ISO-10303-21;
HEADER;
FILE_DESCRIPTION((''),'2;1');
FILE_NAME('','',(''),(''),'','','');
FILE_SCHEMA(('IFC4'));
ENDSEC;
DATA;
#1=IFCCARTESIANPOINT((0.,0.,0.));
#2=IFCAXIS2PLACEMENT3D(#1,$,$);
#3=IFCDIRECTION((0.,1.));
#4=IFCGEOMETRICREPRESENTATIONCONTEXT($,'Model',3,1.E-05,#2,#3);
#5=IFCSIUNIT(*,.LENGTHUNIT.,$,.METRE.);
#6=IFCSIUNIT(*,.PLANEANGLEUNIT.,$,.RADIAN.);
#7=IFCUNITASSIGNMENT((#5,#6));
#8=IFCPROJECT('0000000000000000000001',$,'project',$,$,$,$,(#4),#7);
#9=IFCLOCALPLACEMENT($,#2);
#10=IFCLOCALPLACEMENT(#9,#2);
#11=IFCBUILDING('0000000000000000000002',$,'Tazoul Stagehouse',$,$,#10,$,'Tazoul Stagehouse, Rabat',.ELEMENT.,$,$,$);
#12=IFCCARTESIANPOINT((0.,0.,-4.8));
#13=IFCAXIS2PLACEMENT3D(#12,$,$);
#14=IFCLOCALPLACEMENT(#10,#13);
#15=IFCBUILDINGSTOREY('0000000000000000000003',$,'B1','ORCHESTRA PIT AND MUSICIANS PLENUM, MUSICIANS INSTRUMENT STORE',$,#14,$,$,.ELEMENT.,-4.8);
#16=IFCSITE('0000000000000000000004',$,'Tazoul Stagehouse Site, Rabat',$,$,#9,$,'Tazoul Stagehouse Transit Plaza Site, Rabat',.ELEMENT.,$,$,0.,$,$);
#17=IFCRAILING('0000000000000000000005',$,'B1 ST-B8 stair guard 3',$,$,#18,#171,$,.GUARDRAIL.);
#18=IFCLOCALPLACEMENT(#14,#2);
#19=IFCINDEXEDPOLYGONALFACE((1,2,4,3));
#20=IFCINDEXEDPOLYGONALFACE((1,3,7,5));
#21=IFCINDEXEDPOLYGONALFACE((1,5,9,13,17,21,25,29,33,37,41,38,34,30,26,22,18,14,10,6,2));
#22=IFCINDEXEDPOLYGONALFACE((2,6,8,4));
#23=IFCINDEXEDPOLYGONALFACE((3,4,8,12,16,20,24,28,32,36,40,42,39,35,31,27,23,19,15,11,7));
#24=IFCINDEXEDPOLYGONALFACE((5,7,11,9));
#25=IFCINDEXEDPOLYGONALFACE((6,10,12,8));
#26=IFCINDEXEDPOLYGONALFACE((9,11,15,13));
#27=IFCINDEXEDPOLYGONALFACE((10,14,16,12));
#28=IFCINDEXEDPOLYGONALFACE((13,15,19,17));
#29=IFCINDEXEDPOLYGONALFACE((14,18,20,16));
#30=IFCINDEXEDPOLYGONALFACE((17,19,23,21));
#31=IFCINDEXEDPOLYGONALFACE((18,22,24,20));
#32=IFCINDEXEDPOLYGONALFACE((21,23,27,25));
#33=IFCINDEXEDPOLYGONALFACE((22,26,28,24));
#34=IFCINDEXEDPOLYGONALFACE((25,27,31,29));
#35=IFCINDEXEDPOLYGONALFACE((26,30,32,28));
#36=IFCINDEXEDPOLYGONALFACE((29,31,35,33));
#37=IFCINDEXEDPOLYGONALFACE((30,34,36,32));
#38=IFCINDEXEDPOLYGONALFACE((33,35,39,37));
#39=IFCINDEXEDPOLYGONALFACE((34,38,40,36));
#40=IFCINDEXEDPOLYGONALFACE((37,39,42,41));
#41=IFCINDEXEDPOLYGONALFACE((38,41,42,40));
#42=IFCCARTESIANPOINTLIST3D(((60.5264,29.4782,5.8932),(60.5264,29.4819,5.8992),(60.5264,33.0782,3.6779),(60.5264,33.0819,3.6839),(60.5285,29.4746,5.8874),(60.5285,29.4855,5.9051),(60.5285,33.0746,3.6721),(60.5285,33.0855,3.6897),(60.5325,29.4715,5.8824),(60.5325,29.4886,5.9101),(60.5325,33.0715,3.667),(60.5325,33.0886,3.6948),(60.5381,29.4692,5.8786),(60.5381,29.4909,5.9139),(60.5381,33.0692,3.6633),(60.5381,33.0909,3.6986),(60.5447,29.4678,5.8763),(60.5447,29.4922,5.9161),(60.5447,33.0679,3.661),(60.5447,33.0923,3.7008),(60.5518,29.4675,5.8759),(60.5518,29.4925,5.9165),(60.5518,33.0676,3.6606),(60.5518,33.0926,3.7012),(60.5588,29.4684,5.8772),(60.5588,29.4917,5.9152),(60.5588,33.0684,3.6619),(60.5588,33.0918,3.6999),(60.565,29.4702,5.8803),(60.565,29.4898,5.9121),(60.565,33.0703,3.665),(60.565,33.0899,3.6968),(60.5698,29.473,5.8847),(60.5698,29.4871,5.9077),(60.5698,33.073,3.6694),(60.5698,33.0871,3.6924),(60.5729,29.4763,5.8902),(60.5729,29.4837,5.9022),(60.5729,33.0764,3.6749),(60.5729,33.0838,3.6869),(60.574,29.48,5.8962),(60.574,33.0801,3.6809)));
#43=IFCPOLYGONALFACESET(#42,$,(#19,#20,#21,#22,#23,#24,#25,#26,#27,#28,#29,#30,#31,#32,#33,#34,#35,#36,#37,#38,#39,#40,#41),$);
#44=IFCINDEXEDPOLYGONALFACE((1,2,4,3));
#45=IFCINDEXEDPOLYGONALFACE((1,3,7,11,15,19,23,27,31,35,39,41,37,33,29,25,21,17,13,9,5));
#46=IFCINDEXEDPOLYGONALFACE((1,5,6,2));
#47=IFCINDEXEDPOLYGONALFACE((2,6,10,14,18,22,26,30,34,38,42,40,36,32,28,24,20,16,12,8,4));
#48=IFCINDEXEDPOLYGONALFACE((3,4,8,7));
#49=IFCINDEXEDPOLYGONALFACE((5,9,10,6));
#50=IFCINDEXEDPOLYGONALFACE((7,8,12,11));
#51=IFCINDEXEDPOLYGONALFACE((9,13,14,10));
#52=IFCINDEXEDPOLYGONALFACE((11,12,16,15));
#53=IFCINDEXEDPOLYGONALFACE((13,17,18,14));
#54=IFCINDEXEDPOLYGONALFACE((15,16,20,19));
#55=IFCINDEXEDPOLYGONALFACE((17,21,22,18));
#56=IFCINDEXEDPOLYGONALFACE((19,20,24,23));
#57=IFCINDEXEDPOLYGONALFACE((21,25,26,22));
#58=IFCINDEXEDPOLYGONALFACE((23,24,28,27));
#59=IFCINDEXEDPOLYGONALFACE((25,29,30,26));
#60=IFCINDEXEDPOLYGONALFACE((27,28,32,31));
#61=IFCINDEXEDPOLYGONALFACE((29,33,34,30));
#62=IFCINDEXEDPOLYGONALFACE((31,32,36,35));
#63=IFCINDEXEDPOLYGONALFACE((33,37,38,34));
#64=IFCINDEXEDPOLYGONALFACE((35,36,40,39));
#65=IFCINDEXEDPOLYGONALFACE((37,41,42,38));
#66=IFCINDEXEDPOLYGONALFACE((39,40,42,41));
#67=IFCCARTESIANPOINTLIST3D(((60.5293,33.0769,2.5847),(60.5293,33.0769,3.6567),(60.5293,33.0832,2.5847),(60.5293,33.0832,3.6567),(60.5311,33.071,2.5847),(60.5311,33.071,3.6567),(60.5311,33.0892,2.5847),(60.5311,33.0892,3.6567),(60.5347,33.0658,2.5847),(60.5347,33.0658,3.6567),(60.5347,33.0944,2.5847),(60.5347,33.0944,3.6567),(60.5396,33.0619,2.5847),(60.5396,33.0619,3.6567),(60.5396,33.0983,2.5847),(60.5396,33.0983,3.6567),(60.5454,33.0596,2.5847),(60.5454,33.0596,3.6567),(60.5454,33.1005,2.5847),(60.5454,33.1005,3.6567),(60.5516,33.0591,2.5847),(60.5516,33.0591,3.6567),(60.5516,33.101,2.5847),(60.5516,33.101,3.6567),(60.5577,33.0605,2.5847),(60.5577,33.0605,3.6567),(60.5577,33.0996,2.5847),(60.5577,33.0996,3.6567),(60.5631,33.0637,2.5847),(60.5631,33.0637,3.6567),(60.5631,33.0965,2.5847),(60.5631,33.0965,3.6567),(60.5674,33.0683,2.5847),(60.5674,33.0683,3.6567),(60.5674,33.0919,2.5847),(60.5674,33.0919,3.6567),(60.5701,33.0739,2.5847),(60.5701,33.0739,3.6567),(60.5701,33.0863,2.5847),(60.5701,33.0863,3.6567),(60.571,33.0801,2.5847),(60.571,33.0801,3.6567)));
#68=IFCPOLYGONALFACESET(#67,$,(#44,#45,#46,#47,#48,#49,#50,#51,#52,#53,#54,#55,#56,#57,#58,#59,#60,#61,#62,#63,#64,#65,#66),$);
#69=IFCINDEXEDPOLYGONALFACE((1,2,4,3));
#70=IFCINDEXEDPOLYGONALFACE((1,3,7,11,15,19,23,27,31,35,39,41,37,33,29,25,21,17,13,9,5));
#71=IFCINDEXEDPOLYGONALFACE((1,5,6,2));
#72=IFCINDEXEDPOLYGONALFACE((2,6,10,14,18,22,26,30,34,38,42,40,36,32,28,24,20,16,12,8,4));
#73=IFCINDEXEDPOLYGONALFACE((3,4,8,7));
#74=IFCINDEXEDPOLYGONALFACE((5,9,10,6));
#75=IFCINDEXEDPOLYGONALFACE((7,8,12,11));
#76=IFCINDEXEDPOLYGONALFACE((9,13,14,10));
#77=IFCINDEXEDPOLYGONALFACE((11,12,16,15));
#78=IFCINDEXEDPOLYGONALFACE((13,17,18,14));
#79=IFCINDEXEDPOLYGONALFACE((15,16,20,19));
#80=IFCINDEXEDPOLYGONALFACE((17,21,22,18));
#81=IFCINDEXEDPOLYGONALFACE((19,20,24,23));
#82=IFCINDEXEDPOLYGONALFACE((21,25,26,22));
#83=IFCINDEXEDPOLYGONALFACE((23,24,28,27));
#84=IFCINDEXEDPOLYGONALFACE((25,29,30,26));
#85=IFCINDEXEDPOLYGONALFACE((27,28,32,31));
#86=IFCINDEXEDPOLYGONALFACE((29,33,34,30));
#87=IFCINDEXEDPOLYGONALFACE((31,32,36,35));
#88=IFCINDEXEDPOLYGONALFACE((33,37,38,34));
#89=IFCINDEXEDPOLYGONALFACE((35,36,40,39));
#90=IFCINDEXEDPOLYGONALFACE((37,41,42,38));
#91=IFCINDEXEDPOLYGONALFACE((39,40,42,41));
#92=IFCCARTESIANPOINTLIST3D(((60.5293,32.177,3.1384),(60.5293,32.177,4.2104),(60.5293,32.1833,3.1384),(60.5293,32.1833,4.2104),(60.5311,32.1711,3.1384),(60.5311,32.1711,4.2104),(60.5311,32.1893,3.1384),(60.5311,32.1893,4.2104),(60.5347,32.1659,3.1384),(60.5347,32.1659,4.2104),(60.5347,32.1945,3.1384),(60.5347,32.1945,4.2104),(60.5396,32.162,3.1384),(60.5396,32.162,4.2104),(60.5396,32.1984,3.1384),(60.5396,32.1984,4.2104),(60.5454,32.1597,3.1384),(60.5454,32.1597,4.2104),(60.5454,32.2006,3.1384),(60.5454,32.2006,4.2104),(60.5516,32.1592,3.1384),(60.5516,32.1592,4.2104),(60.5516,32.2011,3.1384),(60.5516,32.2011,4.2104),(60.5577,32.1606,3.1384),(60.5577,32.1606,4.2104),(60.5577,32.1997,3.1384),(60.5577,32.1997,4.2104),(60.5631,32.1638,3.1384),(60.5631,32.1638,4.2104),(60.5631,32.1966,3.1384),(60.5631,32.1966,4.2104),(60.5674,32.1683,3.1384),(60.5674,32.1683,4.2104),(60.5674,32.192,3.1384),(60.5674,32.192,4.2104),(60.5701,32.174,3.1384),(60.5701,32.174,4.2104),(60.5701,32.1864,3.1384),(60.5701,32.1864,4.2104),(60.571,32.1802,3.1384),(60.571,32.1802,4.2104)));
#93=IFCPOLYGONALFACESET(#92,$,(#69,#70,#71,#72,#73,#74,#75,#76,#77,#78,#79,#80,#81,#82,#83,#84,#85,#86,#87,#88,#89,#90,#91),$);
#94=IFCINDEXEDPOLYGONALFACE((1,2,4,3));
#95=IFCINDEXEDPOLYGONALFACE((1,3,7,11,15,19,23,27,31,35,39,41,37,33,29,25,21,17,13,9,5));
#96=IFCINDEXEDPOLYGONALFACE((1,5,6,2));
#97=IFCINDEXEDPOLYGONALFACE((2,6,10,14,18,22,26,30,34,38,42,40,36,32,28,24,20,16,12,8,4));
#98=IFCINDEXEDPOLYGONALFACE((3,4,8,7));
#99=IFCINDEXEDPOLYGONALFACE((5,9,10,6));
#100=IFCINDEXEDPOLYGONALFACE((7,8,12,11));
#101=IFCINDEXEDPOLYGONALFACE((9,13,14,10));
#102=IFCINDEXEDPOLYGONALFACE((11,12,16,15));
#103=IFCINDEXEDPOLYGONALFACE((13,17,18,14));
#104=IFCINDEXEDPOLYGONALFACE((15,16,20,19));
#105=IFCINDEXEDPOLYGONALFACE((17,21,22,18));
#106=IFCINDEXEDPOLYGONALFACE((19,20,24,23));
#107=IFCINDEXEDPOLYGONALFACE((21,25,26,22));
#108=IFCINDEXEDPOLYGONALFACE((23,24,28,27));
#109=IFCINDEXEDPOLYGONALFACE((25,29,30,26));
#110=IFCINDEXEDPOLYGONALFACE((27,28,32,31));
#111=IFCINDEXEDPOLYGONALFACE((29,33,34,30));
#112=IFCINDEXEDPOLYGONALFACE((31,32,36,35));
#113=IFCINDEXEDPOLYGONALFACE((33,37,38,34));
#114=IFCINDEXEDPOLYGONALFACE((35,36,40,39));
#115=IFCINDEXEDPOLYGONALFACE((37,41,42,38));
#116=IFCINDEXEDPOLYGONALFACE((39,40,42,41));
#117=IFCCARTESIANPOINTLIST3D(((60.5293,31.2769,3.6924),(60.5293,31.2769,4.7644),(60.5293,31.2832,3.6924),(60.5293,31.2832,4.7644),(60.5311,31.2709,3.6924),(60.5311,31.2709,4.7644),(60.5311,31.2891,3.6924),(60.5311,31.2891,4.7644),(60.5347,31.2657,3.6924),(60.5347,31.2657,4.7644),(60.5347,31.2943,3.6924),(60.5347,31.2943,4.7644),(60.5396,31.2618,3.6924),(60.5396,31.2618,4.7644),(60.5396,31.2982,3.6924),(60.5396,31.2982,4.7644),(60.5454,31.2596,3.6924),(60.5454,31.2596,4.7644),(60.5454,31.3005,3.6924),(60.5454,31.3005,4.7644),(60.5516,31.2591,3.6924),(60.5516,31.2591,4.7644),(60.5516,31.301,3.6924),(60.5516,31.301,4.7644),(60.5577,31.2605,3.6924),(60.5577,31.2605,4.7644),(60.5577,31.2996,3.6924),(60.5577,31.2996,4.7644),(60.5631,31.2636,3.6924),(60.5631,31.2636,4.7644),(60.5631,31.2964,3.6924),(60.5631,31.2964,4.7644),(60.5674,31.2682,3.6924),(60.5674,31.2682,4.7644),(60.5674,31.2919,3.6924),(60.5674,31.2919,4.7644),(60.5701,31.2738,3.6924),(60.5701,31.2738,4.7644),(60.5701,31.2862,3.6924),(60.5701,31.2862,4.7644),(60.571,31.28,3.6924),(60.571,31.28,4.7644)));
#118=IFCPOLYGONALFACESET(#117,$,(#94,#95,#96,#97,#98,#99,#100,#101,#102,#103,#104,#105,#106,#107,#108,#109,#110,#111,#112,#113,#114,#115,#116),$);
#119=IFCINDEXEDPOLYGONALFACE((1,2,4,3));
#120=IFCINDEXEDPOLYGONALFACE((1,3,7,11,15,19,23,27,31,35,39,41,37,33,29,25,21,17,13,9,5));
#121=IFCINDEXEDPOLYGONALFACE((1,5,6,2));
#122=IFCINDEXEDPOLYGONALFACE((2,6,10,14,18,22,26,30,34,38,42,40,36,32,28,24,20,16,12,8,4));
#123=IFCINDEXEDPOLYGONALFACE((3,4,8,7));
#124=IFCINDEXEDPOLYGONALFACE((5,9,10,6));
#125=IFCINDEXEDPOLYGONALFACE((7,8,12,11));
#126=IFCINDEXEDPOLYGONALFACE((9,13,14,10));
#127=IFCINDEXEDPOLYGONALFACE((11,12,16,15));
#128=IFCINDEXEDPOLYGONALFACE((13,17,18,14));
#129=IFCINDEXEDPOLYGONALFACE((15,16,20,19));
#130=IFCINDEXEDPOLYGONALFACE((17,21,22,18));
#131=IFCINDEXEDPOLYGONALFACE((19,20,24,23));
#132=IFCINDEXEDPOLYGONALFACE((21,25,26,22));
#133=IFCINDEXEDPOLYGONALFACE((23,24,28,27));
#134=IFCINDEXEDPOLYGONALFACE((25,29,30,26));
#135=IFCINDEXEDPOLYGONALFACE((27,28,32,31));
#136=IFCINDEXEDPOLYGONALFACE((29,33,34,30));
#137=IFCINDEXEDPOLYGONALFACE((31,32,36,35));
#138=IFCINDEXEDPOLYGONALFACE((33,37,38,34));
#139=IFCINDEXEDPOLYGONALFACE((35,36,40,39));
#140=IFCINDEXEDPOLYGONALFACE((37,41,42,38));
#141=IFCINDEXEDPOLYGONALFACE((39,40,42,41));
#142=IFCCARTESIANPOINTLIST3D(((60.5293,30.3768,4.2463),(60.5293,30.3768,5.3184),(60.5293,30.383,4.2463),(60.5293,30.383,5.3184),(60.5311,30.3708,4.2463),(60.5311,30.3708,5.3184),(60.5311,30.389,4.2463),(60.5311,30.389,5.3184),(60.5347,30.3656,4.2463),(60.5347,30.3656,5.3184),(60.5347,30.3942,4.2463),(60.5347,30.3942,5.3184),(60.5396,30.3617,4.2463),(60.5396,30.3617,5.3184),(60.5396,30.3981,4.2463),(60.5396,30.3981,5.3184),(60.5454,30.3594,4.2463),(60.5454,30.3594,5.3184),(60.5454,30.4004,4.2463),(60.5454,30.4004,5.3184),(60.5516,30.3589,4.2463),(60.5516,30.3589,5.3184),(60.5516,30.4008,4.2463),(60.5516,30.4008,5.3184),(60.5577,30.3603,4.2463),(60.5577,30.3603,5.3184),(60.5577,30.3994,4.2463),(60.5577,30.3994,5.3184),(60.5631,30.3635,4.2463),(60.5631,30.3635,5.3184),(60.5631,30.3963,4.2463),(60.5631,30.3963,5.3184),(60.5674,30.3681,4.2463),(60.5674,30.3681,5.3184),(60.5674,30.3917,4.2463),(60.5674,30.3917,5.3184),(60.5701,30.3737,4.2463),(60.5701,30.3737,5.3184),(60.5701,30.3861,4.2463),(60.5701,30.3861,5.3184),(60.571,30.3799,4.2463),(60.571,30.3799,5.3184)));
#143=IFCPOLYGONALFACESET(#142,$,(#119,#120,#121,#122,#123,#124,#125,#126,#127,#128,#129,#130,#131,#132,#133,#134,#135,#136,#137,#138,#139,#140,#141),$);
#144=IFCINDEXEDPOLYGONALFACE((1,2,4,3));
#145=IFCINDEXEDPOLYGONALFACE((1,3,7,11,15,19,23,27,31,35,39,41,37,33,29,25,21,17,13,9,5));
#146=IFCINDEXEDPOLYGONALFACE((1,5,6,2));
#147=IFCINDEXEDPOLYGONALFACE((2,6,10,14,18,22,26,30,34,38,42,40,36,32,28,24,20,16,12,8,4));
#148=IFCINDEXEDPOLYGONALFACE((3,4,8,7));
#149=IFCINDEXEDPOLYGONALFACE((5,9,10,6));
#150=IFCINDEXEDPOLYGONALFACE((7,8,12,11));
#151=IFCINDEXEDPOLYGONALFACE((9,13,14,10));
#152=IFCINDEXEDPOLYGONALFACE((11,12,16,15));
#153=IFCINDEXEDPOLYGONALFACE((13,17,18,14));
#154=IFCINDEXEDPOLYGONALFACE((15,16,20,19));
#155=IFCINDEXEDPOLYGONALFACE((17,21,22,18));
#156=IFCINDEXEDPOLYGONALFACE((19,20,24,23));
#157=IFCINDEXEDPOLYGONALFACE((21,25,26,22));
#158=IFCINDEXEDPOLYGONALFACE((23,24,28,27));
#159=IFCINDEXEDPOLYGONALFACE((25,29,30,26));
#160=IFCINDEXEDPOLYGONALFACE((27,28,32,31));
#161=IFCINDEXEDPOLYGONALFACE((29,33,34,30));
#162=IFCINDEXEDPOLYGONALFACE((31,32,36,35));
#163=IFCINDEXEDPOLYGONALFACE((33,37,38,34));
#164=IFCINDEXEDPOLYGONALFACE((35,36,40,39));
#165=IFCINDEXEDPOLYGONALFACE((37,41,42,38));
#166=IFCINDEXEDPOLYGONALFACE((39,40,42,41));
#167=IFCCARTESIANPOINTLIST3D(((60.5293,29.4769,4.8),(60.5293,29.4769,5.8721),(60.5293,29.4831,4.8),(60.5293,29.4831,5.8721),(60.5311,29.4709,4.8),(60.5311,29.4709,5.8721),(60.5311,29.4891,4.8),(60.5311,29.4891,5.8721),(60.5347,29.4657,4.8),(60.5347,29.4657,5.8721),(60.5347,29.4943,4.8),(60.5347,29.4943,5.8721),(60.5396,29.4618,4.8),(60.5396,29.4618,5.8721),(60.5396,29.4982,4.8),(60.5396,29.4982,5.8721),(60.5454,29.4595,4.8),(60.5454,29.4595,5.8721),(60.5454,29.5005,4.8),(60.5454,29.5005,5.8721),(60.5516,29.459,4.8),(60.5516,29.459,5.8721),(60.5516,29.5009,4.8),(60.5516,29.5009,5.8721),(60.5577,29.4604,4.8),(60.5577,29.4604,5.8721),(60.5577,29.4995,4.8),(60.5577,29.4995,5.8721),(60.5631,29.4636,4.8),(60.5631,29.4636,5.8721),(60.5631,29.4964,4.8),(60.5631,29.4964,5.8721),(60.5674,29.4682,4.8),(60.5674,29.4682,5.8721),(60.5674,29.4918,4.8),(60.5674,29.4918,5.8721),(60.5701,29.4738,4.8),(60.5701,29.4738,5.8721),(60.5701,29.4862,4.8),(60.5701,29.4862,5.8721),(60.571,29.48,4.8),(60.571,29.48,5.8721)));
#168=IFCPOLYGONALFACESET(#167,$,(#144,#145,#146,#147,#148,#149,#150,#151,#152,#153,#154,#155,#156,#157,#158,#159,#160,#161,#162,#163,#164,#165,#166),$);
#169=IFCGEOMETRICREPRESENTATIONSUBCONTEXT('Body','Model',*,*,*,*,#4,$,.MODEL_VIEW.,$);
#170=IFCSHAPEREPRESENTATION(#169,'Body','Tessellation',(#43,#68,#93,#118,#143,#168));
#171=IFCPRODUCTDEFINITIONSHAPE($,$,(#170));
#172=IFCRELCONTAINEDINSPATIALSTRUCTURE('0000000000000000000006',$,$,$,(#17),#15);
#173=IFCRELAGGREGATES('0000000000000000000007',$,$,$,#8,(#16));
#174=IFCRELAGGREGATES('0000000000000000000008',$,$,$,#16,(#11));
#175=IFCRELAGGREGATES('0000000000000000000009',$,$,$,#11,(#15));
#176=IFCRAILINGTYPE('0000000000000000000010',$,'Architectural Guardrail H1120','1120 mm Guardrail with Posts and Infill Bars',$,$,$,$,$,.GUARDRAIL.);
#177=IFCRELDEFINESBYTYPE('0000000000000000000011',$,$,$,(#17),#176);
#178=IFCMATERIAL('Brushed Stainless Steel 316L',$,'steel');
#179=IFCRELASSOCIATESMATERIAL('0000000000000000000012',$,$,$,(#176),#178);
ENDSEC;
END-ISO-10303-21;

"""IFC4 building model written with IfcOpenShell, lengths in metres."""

from ifc_helpers import new_model, si_unit, direction, frame, origin, origin_2d, place, context, subcontext, project, spatial, circle, extrude, material, material_profile, profile_set, type_object, element, save


model = new_model("IFC4")

# Units and contexts
model_context = context("Model", 3, precision=1e-05, world=origin(), true_north=direction((0.0, 1.0)))
body_context = subcontext(model_context, "Body", "Model", "MODEL_VIEW")
ifc_project = project(units=[si_unit("LENGTHUNIT", "METRE"), si_unit("PLANEANGLEUNIT", "RADIAN")], contexts=[model_context])

# Site, building, storey
site_placement = place(None, origin())
site = spatial("IfcSite", under=ifc_project, at=site_placement, Name="Tazoul Stagehouse Site, Rabat", LongName="Tazoul Stagehouse Transit Plaza Site, Rabat", CompositionType="ELEMENT", RefElevation=0.0)
building_placement = place(site_placement, origin())
building = spatial("IfcBuilding", under=site, at=building_placement, Name="Tazoul Stagehouse", LongName="Tazoul Stagehouse, Rabat", CompositionType="ELEMENT")
storey_placement = place(building_placement, frame((0.0, 0.0, -4.8)))
storey = spatial("IfcBuildingStorey", under=building, at=storey_placement, Name="B1", Description="ORCHESTRA PIT AND MUSICIANS PLENUM, MUSICIANS INSTRUMENT STORE", CompositionType="ELEMENT", Elevation=-4.8)

# Railing
ifc_material_1 = material(Name="Brushed Stainless Steel 316L", Category="steel")
ifc_material_profile_1 = material_profile(ifc_material_1, circle(Radius=0.0239, at=origin_2d()), Name="SS RAIL D48")
ifc_profile_set_1 = profile_set([ifc_material_profile_1], Name="Brushed Stainless Steel 316L")
railing_type = type_object("IfcRailingType", Name="Architectural Guardrail H1120", Description="1120 mm Guardrail with Posts and Infill Bars", PredefinedType="GUARDRAIL", material=ifc_profile_set_1)
railing_1_placement = place(storey_placement, frame((60.55, 33.0801, 2.5847)))
element("IfcRailing", 1, at=railing_1_placement, inside=storey, type_object=railing_type, Name="B1 ST-B8 stair guard 3", PredefinedType="GUARDRAIL", context=body_context, shape_type="SweptSolid", body=[
    extrude(circle(Radius=0.0239, at=origin_2d()), frame((0.0, 0.0, 1.0962), z_axis=(0.0, -0.85167, 0.524078), x_axis=(1.0, 0.0, 0.0)), (0.0, 0.0, 1.0), 4.2271),
    extrude(circle(Radius=0.021, at=origin_2d()), origin(), (0.0, 0.0, 1.0), 1.072),
    extrude(circle(Radius=0.021, at=origin_2d()), frame((0.0, -0.8999, 0.5537)), (0.0, 0.0, 1.0), 1.072),
    extrude(circle(Radius=0.021, at=origin_2d()), frame((0.0, -1.8, 1.1077)), (0.0, 0.0, 1.0), 1.072),
    extrude(circle(Radius=0.021, at=origin_2d()), frame((0.0, -2.7002, 1.6616)), (0.0, 0.0, 1.0), 1.072),
    extrude(circle(Radius=0.021, at=origin_2d()), frame((0.0, -3.6001, 2.2153)), (0.0, 0.0, 1.0), 1.072),
])

save(model, "model.ifc")
